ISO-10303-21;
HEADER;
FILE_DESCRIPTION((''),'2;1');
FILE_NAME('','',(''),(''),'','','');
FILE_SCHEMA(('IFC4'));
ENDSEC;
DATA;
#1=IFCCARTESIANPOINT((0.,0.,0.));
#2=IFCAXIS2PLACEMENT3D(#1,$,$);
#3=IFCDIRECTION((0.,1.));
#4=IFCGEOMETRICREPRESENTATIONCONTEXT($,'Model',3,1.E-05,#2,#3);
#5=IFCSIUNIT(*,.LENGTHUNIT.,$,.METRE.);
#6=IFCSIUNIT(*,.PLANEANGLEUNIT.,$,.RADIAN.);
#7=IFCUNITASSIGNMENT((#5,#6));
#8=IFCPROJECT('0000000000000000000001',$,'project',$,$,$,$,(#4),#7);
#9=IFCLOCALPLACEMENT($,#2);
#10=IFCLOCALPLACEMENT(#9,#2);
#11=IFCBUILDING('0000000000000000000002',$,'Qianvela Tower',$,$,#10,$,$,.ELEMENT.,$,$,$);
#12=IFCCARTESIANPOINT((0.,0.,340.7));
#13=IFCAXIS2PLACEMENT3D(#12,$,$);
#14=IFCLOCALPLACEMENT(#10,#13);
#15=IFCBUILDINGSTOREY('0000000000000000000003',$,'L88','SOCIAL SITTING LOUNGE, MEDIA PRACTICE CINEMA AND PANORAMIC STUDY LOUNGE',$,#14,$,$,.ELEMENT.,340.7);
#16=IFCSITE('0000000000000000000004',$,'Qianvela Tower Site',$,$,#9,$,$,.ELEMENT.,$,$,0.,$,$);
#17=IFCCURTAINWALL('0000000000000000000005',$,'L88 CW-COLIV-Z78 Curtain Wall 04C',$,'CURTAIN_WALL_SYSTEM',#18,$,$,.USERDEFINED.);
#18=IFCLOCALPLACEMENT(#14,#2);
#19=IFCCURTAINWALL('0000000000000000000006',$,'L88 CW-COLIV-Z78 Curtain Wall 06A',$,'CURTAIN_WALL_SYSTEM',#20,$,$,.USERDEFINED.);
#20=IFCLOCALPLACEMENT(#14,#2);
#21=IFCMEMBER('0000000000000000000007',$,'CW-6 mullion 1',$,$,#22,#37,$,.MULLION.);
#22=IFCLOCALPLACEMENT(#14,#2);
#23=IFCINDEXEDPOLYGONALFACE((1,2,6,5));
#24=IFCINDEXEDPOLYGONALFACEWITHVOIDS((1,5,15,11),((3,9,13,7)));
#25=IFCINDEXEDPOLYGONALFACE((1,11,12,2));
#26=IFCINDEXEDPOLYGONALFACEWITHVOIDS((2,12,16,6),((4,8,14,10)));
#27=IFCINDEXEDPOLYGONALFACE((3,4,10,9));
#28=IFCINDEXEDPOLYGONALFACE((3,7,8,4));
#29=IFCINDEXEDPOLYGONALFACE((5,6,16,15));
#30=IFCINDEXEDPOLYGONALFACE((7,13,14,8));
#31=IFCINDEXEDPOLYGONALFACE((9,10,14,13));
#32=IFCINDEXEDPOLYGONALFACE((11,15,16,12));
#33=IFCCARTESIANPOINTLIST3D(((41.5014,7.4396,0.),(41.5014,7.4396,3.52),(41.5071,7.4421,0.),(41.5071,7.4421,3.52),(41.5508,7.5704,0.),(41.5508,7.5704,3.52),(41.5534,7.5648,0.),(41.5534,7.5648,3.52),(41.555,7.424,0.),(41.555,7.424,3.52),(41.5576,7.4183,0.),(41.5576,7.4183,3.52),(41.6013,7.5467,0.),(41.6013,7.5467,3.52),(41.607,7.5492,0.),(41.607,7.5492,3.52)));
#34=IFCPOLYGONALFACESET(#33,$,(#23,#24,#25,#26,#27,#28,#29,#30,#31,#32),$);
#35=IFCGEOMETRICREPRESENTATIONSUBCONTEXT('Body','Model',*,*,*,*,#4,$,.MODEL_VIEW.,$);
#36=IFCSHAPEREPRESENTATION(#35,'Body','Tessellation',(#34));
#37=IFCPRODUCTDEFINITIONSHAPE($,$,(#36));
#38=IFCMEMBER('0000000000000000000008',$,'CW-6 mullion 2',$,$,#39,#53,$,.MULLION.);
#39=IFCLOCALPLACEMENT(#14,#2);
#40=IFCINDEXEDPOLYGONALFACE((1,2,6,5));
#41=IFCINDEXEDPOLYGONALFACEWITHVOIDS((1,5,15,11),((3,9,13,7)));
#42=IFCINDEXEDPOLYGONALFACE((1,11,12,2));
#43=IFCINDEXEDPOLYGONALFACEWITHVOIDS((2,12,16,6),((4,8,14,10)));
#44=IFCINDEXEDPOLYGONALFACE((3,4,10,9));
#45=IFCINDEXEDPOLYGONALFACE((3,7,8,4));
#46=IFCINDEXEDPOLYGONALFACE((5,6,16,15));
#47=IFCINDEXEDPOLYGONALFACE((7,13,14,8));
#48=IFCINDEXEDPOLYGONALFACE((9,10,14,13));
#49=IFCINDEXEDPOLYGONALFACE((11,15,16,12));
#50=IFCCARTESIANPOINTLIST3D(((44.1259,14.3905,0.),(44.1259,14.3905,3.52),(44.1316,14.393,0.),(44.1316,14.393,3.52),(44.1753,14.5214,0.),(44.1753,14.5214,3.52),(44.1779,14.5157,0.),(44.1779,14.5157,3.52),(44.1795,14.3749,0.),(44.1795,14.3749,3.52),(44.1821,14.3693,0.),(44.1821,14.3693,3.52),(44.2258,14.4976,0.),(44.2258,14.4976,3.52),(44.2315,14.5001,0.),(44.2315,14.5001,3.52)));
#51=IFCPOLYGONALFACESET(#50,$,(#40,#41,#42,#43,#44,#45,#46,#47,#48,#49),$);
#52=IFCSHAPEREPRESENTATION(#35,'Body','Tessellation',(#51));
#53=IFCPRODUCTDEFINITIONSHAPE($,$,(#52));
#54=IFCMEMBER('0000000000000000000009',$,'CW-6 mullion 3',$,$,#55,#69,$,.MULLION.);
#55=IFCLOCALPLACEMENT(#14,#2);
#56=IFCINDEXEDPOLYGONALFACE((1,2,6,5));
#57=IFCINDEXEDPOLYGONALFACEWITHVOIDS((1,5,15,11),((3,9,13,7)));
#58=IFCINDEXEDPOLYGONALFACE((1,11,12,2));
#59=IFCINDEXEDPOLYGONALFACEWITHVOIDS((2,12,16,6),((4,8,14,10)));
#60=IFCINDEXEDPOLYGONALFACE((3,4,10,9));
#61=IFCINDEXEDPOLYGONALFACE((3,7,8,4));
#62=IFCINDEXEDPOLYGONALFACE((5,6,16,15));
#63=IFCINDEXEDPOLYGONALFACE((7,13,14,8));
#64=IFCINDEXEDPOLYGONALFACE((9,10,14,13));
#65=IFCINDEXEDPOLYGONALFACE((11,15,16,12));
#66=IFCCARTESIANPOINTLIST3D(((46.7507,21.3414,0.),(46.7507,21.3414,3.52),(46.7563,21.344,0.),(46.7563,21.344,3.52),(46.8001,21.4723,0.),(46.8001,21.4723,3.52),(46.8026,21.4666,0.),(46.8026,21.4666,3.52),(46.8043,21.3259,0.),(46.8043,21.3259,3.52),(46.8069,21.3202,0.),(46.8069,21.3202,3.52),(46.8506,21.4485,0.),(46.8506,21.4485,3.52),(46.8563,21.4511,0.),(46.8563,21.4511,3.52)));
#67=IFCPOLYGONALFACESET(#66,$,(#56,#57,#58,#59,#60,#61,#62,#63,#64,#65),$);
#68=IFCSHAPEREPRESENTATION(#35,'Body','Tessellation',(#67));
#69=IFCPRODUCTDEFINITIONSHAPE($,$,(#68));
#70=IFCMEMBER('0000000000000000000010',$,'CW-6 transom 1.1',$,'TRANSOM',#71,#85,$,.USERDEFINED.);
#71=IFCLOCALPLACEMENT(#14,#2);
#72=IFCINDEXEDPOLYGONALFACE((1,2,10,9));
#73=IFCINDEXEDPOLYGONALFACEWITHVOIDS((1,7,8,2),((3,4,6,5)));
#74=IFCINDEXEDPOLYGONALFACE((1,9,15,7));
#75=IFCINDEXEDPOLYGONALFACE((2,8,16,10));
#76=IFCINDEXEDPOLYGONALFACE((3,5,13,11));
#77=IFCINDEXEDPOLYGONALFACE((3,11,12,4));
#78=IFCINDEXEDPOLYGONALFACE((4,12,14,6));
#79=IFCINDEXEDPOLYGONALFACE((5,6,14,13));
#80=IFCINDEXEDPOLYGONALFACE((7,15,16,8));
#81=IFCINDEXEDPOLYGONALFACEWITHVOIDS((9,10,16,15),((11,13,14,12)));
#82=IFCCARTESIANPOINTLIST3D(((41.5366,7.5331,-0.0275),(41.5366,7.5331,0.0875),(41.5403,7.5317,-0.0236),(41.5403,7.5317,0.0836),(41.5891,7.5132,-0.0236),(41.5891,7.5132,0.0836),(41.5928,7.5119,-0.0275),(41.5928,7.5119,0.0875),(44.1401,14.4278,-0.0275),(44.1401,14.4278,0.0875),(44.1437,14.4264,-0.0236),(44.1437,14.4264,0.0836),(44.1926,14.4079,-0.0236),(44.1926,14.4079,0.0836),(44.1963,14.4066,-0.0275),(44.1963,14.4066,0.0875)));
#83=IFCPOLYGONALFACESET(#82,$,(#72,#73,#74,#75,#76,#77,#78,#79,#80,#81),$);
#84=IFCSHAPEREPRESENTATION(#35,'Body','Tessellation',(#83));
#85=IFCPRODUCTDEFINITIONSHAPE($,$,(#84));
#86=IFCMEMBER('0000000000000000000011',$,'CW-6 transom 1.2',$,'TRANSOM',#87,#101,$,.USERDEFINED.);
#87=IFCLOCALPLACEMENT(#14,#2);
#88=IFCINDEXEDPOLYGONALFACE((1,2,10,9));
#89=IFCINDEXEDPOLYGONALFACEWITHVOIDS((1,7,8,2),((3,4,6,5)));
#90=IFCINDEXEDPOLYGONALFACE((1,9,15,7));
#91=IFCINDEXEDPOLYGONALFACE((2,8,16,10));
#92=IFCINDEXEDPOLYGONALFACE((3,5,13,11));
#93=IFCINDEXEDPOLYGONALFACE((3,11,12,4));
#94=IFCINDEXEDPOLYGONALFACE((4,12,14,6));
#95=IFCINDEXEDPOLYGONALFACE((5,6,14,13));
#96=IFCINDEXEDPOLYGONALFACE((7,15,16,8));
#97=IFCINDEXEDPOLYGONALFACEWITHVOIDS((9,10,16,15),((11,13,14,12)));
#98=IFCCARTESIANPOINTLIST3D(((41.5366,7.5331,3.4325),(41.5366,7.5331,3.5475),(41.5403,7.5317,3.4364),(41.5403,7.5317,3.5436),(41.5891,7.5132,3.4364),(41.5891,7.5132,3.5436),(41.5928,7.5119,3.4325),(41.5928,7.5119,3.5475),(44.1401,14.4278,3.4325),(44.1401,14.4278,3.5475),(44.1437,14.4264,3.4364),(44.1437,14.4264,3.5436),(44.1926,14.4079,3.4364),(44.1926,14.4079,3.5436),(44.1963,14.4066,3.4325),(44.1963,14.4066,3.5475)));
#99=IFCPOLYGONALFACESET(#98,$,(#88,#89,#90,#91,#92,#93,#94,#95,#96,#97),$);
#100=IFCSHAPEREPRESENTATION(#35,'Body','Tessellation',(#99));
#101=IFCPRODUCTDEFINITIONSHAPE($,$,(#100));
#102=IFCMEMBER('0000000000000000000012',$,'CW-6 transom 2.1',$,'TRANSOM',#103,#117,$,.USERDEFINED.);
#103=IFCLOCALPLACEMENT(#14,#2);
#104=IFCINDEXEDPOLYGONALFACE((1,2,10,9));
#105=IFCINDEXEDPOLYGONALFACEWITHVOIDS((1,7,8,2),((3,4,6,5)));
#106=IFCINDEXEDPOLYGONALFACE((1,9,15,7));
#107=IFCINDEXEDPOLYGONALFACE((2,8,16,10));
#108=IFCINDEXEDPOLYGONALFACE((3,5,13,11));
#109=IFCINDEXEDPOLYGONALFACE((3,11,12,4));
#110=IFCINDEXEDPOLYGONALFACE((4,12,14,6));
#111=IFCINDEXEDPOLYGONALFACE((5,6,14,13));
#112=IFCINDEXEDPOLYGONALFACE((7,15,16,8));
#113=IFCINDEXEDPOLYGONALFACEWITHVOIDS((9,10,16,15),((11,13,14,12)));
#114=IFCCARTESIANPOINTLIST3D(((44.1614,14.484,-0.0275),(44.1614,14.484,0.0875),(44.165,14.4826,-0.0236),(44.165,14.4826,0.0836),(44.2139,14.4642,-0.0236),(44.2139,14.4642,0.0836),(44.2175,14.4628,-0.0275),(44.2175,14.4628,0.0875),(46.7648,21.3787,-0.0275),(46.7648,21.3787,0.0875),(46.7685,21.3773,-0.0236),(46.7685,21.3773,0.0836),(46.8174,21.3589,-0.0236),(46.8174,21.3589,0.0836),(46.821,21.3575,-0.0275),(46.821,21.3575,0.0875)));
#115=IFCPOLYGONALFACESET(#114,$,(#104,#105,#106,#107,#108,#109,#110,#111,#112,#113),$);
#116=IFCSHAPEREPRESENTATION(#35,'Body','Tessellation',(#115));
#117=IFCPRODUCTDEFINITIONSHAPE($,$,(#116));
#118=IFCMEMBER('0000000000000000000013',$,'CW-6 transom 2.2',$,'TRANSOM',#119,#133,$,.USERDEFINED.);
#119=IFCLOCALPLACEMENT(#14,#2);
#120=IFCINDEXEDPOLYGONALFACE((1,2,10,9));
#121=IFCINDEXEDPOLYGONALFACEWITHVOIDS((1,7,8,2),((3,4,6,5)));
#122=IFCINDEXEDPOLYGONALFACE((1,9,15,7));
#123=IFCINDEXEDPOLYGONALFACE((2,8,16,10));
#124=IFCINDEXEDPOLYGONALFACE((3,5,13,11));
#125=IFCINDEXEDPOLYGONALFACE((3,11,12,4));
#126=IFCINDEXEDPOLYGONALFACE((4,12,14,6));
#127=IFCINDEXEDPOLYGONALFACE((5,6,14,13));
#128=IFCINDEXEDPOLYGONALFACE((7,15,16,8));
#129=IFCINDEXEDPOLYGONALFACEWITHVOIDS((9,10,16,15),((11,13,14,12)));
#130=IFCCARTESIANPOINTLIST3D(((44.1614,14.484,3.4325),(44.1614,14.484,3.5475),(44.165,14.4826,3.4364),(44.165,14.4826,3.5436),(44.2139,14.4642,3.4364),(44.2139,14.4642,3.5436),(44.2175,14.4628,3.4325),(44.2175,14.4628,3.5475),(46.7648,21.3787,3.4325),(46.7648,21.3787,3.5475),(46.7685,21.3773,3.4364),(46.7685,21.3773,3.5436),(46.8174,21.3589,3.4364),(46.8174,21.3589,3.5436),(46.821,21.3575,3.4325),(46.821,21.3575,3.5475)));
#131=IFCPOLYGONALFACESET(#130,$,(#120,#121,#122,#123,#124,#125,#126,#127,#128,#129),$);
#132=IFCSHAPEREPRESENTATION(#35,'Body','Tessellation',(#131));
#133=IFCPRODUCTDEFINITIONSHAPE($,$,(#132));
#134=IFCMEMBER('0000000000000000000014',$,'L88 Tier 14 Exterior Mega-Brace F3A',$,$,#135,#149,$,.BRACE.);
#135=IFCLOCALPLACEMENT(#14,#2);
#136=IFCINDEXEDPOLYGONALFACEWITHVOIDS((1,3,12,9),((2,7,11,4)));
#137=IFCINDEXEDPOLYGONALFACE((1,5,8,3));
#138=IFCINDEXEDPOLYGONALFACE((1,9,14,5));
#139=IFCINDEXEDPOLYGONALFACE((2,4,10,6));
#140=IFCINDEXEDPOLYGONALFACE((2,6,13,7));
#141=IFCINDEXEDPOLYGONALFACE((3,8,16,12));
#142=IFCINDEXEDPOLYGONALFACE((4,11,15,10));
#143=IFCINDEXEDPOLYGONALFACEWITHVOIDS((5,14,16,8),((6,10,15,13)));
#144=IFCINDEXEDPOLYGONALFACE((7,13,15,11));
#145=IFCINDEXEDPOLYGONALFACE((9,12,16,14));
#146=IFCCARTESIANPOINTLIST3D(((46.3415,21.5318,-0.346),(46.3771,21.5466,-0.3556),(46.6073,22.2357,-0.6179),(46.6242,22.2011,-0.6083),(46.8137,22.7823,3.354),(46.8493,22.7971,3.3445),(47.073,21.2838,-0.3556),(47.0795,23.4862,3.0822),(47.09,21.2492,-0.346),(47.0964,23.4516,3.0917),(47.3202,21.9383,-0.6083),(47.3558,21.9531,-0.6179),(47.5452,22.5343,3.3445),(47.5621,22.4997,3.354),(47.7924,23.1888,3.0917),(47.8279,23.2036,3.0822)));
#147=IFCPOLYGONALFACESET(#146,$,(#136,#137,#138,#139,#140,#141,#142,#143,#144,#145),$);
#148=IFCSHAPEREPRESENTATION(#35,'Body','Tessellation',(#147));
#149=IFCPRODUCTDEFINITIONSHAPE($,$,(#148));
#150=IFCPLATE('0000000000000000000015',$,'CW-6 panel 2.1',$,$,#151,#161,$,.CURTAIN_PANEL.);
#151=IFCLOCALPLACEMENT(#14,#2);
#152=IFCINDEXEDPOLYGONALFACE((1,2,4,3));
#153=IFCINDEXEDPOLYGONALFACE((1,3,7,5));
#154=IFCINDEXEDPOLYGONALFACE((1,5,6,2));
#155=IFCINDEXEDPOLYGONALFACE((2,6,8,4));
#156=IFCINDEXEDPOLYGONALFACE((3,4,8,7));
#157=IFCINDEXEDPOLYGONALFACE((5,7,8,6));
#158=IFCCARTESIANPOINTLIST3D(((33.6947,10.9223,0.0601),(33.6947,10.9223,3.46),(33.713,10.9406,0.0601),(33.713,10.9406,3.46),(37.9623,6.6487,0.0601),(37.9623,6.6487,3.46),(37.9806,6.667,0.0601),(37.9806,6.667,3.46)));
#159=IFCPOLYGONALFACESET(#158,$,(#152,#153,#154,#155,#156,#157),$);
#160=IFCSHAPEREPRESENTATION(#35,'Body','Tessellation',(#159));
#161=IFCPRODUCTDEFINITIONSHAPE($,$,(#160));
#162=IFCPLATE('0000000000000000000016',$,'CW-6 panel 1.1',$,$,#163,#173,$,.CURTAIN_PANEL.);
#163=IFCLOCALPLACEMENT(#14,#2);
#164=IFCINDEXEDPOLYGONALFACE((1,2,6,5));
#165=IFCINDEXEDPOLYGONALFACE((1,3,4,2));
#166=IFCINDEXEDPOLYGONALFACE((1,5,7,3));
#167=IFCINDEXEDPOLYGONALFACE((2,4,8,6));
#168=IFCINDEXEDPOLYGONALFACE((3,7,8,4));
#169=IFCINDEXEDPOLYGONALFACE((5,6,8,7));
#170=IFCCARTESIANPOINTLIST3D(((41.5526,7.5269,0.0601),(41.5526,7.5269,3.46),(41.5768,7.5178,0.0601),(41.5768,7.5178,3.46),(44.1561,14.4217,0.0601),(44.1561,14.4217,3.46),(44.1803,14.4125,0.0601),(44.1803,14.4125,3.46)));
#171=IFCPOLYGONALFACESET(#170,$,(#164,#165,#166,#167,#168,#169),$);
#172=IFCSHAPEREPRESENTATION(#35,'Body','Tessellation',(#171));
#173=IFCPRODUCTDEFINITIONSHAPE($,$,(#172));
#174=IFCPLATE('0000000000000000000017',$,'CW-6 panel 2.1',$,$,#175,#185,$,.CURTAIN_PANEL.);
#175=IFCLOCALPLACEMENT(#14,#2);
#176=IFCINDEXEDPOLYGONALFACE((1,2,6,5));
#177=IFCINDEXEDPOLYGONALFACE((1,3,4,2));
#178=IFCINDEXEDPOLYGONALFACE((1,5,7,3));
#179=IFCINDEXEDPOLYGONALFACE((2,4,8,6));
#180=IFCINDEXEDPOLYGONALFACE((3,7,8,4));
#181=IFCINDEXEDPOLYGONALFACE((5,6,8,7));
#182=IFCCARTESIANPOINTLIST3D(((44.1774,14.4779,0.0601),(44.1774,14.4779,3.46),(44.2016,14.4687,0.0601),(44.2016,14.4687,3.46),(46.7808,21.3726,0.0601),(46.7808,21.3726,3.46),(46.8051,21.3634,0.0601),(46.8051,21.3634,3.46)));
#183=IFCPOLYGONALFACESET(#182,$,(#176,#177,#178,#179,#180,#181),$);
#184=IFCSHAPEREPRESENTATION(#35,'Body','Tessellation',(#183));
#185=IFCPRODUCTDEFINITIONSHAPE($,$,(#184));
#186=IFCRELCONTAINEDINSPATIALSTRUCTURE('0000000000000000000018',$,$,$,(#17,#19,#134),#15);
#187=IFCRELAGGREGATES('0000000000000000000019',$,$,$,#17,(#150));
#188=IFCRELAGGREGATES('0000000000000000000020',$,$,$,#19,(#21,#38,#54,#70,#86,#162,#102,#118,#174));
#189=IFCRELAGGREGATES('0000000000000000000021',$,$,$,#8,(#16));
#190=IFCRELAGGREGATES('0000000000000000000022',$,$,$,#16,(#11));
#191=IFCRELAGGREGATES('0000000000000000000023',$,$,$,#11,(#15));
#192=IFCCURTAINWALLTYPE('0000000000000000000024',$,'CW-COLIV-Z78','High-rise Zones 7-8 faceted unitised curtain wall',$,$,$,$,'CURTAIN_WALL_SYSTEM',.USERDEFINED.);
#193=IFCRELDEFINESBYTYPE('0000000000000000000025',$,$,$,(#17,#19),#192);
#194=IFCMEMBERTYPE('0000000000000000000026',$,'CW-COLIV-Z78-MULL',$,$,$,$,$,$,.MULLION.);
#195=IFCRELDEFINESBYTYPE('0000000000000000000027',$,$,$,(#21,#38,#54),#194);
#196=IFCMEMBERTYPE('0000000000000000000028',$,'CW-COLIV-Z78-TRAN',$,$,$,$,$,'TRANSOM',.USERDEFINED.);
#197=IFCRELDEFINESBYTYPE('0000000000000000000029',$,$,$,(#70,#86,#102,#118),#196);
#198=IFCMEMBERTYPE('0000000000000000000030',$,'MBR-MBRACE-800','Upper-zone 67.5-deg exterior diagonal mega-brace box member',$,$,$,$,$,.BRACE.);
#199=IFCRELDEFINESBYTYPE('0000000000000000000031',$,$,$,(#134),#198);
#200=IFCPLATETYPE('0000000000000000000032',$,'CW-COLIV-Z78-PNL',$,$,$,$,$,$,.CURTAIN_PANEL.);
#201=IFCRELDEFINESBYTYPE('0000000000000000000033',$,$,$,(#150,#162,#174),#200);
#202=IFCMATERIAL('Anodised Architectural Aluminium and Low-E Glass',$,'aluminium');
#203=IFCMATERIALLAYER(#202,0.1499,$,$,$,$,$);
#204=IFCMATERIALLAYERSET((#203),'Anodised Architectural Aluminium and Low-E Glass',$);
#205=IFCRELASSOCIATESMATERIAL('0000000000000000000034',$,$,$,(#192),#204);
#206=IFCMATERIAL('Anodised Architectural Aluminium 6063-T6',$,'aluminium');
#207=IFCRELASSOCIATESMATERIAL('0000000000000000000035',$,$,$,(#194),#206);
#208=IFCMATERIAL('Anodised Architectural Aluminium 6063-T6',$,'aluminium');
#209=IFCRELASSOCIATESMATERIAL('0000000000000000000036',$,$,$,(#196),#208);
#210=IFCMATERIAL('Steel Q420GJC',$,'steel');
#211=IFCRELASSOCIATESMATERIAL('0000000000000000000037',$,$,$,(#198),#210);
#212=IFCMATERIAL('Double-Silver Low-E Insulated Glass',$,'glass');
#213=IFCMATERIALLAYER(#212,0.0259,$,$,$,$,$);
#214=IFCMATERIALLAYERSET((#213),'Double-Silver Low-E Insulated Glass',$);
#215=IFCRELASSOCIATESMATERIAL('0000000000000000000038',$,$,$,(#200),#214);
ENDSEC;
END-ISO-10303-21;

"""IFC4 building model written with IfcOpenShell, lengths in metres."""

from ifc_helpers import new_model, si_unit, direction, frame, origin, origin_2d, place, context, subcontext, project, spatial, rectangle, hollow_rectangle, extrude, material, layer, layer_set, material_profile, profile_set, type_object, element, aggregate, save


model = new_model("IFC4")

# Units and contexts
model_context = context("Model", 3, precision=1e-05, world=origin(), true_north=direction((0.0, 1.0)))
body_context = subcontext(model_context, "Body", "Model", "MODEL_VIEW")
ifc_project = project(units=[si_unit("LENGTHUNIT", "METRE"), si_unit("PLANEANGLEUNIT", "RADIAN")], contexts=[model_context])

# Site, building, storey
site_placement = place(None, origin())
site = spatial("IfcSite", under=ifc_project, at=site_placement, Name="Qianvela Tower Site", CompositionType="ELEMENT", RefElevation=0.0)
building_placement = place(site_placement, origin())
building = spatial("IfcBuilding", under=site, at=building_placement, Name="Qianvela Tower", CompositionType="ELEMENT")
storey_placement = place(building_placement, frame((0.0, 0.0, 340.7)))
storey = spatial("IfcBuildingStorey", under=building, at=storey_placement, Name="L88", Description="SOCIAL SITTING LOUNGE, MEDIA PRACTICE CINEMA AND PANORAMIC STUDY LOUNGE", CompositionType="ELEMENT", Elevation=340.7)

# Curtain wall
ifc_material_1 = material(Name="Anodised Architectural Aluminium and Low-E Glass", Category="aluminium")
ifc_layer_1 = layer(ifc_material_1, 0.1499)
ifc_layer_set_1 = layer_set([ifc_layer_1], Name="Anodised Architectural Aluminium and Low-E Glass")
curtain_wall_type_1 = type_object("IfcCurtainWallType", Name="CW-COLIV-Z78", Description="High-rise Zones 7-8 faceted unitised curtain wall", ElementType="CURTAIN_WALL_SYSTEM", PredefinedType="USERDEFINED", material=ifc_layer_set_1)
curtain_wall_1_placement = place(storey_placement, origin())
curtain_wall_1 = element("IfcCurtainWall", 1, at=curtain_wall_1_placement, inside=storey, type_object=curtain_wall_type_1, Name="L88 CW-COLIV-Z78 Curtain Wall 04C", ObjectType="CURTAIN_WALL_SYSTEM", PredefinedType="USERDEFINED")
ifc_material_2 = material(Name="Anodised Architectural Aluminium 6063-T6", Category="aluminium")
ifc_material_profile_1 = material_profile(ifc_material_2, hollow_rectangle(XDim=0.0601, YDim=0.1399, WallThickness=0.0044, at=origin_2d()), Name="ALU-MULL-60x140")
ifc_profile_set_1 = profile_set([ifc_material_profile_1], Name="Anodised Architectural Aluminium 6063-T6")
member_type_1 = type_object("IfcMemberType", Name="CW-COLIV-Z78-MULL", PredefinedType="MULLION", material=ifc_profile_set_1)

# Curtain wall, members
curtain_wall_2_placement = place(storey_placement, origin())
curtain_wall_2 = element("IfcCurtainWall", 2, at=curtain_wall_2_placement, inside=storey, type_object=curtain_wall_type_1, Name="L88 CW-COLIV-Z78 Curtain Wall 06A", ObjectType="CURTAIN_WALL_SYSTEM", PredefinedType="USERDEFINED")
member_1_placement = place(storey_placement, frame((41.5542, 7.4944, 0.0), z_axis=(0.0, 0.0, 1.0), x_axis=(-0.935526, 0.353258, 0.0)))
member_1 = element("IfcMember", 3, at=member_1_placement, type_object=member_type_1, Name="CW-6 mullion 1", PredefinedType="MULLION", context=body_context, shape_type="SweptSolid", body=[
    extrude(hollow_rectangle(XDim=0.0601, YDim=0.1399, WallThickness=0.0044, at=origin_2d()), origin(), (0.0, 0.0, 1.0), 3.52),
])
member_2_placement = place(storey_placement, frame((44.1787, 14.4453, 0.0), z_axis=(0.0, 0.0, 1.0), x_axis=(-0.935526, 0.353258, 0.0)))
member_2 = element("IfcMember", 4, at=member_2_placement, type_object=member_type_1, Name="CW-6 mullion 2", PredefinedType="MULLION", context=body_context, shape_type="SweptSolid", body=[
    extrude(hollow_rectangle(XDim=0.0601, YDim=0.1399, WallThickness=0.0044, at=origin_2d()), origin(), (0.0, 0.0, 1.0), 3.52),
])
member_3_placement = place(storey_placement, frame((46.8035, 21.3962, 0.0), z_axis=(0.0, 0.0, 1.0), x_axis=(-0.935526, 0.353258, 0.0)))
member_3 = element("IfcMember", 5, at=member_3_placement, type_object=member_type_1, Name="CW-6 mullion 3", PredefinedType="MULLION", context=body_context, shape_type="SweptSolid", body=[
    extrude(hollow_rectangle(XDim=0.0601, YDim=0.1399, WallThickness=0.0044, at=origin_2d()), origin(), (0.0, 0.0, 1.0), 3.52),
])
ifc_material_3 = material(Name="Anodised Architectural Aluminium 6063-T6", Category="aluminium")
ifc_material_profile_2 = material_profile(ifc_material_3, hollow_rectangle(XDim=0.0601, YDim=0.115, WallThickness=0.0039, at=origin_2d()), Name="ALU-TRAN-60x115")
ifc_profile_set_2 = profile_set([ifc_material_profile_2], Name="Anodised Architectural Aluminium 6063-T6")
member_type_2 = type_object("IfcMemberType", Name="CW-COLIV-Z78-TRAN", ElementType="TRANSOM", PredefinedType="USERDEFINED", material=ifc_profile_set_2)
member_4_placement = place(storey_placement, frame((41.5647, 7.5225, 0.03), z_axis=(0.353261, 0.935525, 0.0), x_axis=(-0.935525, 0.353261, 0.0)))
member_4 = element("IfcMember", 6, at=member_4_placement, type_object=member_type_2, Name="CW-6 transom 1.1", ObjectType="TRANSOM", PredefinedType="USERDEFINED", context=body_context, shape_type="SweptSolid", body=[
    extrude(hollow_rectangle(XDim=0.0601, YDim=0.115, WallThickness=0.0039, at=origin_2d()), origin(), (0.0, 0.0, 1.0), 7.3699),
])
member_5_placement = place(storey_placement, frame((41.5647, 7.5225, 3.49), z_axis=(0.353261, 0.935525, 0.0), x_axis=(-0.935525, 0.353261, 0.0)))
member_5 = element("IfcMember", 7, at=member_5_placement, type_object=member_type_2, Name="CW-6 transom 1.2", ObjectType="TRANSOM", PredefinedType="USERDEFINED", context=body_context, shape_type="SweptSolid", body=[
    extrude(hollow_rectangle(XDim=0.0601, YDim=0.115, WallThickness=0.0039, at=origin_2d()), origin(), (0.0, 0.0, 1.0), 7.3699),
])
member_6_placement = place(storey_placement, frame((44.1895, 14.4734, 0.03), z_axis=(0.353261, 0.935525, 0.0), x_axis=(-0.935525, 0.353261, 0.0)))
member_6 = element("IfcMember", 8, at=member_6_placement, type_object=member_type_2, Name="CW-6 transom 2.1", ObjectType="TRANSOM", PredefinedType="USERDEFINED", context=body_context, shape_type="SweptSolid", body=[
    extrude(hollow_rectangle(XDim=0.0601, YDim=0.115, WallThickness=0.0039, at=origin_2d()), origin(), (0.0, 0.0, 1.0), 7.3699),
])
member_7_placement = place(storey_placement, frame((44.1895, 14.4734, 3.49), z_axis=(0.353261, 0.935525, 0.0), x_axis=(-0.935525, 0.353261, 0.0)))
member_7 = element("IfcMember", 9, at=member_7_placement, type_object=member_type_2, Name="CW-6 transom 2.2", ObjectType="TRANSOM", PredefinedType="USERDEFINED", context=body_context, shape_type="SweptSolid", body=[
    extrude(hollow_rectangle(XDim=0.0601, YDim=0.115, WallThickness=0.0039, at=origin_2d()), origin(), (0.0, 0.0, 1.0), 7.3699),
])

# Member
ifc_material_4 = material(Name="Steel Q420GJC", Category="steel")
ifc_material_profile_3 = material_profile(ifc_material_4, hollow_rectangle(XDim=0.8, YDim=0.8, WallThickness=0.0281, at=origin_2d()), Name="MBOX-800x800x28")
ifc_profile_set_3 = profile_set([ifc_material_profile_3], Name="Steel Q420GJC")
member_type_3 = type_object("IfcMemberType", Name="MBR-MBRACE-800", Description="Upper-zone 67.5-deg exterior diagonal mega-brace box member", PredefinedType="BRACE", material=ifc_profile_set_3)
member_8_placement = place(storey_placement, frame((46.8486, 21.7424, -0.4819), z_axis=(0.120023, 0.317867, 0.940508), x_axis=(-0.935531, 0.353244, 0.0)))
element("IfcMember", 10, at=member_8_placement, inside=storey, type_object=member_type_3, Name="L88 Tier 14 Exterior Mega-Brace F3A", PredefinedType="BRACE", context=body_context, shape_type="SweptSolid", body=[
    extrude(hollow_rectangle(XDim=0.8, YDim=0.8, WallThickness=0.0281, at=origin_2d()), origin(), (0.0, 0.0, 1.0), 3.9341),
])

# Plates
ifc_material_5 = material(Name="Double-Silver Low-E Insulated Glass", Category="glass")
ifc_layer_2 = layer(ifc_material_5, 0.0259)
ifc_layer_set_2 = layer_set([ifc_layer_2], Name="Double-Silver Low-E Insulated Glass")
plate_type_1 = type_object("IfcPlateType", Name="CW-COLIV-Z78-PNL", PredefinedType="CURTAIN_PANEL", material=ifc_layer_set_2)
plate_1_placement = place(storey_placement, frame((35.8376, 8.7947, 0.0601), z_axis=(0.0, 0.0, 1.0), x_axis=(0.706613, -0.7076, 0.0)))
plate_1 = element("IfcPlate", 11, at=plate_1_placement, type_object=plate_type_1, Name="CW-6 panel 2.1", PredefinedType="CURTAIN_PANEL", context=body_context, shape_type="SweptSolid", body=[
    extrude(rectangle(XDim=6.0396, YDim=0.0259, at=origin_2d()), origin(), (0.0, 0.0, 1.0), 3.3999),
])
aggregate(curtain_wall_1, [plate_1])
plate_2_placement = place(storey_placement, frame((42.8665, 10.9697, 0.0601), z_axis=(0.0, 0.0, 1.0), x_axis=(0.353258, 0.935526, 0.0)))
plate_2 = element("IfcPlate", 12, at=plate_2_placement, type_object=plate_type_1, Name="CW-6 panel 1.1", PredefinedType="CURTAIN_PANEL", context=body_context, shape_type="SweptSolid", body=[
    extrude(rectangle(XDim=7.3699, YDim=0.0259, at=origin_2d()), origin(), (0.0, 0.0, 1.0), 3.3999),
])
plate_3_placement = place(storey_placement, frame((45.4912, 17.9207, 0.0601), z_axis=(0.0, 0.0, 1.0), x_axis=(0.353258, 0.935526, 0.0)))
plate_3 = element("IfcPlate", 13, at=plate_3_placement, type_object=plate_type_1, Name="CW-6 panel 2.1", PredefinedType="CURTAIN_PANEL", context=body_context, shape_type="SweptSolid", body=[
    extrude(rectangle(XDim=7.3699, YDim=0.0259, at=origin_2d()), origin(), (0.0, 0.0, 1.0), 3.3999),
])
aggregate(curtain_wall_2, [member_1, member_2, member_3, member_4, member_5, plate_2, member_6, member_7, plate_3])

save(model, "model.ifc")
